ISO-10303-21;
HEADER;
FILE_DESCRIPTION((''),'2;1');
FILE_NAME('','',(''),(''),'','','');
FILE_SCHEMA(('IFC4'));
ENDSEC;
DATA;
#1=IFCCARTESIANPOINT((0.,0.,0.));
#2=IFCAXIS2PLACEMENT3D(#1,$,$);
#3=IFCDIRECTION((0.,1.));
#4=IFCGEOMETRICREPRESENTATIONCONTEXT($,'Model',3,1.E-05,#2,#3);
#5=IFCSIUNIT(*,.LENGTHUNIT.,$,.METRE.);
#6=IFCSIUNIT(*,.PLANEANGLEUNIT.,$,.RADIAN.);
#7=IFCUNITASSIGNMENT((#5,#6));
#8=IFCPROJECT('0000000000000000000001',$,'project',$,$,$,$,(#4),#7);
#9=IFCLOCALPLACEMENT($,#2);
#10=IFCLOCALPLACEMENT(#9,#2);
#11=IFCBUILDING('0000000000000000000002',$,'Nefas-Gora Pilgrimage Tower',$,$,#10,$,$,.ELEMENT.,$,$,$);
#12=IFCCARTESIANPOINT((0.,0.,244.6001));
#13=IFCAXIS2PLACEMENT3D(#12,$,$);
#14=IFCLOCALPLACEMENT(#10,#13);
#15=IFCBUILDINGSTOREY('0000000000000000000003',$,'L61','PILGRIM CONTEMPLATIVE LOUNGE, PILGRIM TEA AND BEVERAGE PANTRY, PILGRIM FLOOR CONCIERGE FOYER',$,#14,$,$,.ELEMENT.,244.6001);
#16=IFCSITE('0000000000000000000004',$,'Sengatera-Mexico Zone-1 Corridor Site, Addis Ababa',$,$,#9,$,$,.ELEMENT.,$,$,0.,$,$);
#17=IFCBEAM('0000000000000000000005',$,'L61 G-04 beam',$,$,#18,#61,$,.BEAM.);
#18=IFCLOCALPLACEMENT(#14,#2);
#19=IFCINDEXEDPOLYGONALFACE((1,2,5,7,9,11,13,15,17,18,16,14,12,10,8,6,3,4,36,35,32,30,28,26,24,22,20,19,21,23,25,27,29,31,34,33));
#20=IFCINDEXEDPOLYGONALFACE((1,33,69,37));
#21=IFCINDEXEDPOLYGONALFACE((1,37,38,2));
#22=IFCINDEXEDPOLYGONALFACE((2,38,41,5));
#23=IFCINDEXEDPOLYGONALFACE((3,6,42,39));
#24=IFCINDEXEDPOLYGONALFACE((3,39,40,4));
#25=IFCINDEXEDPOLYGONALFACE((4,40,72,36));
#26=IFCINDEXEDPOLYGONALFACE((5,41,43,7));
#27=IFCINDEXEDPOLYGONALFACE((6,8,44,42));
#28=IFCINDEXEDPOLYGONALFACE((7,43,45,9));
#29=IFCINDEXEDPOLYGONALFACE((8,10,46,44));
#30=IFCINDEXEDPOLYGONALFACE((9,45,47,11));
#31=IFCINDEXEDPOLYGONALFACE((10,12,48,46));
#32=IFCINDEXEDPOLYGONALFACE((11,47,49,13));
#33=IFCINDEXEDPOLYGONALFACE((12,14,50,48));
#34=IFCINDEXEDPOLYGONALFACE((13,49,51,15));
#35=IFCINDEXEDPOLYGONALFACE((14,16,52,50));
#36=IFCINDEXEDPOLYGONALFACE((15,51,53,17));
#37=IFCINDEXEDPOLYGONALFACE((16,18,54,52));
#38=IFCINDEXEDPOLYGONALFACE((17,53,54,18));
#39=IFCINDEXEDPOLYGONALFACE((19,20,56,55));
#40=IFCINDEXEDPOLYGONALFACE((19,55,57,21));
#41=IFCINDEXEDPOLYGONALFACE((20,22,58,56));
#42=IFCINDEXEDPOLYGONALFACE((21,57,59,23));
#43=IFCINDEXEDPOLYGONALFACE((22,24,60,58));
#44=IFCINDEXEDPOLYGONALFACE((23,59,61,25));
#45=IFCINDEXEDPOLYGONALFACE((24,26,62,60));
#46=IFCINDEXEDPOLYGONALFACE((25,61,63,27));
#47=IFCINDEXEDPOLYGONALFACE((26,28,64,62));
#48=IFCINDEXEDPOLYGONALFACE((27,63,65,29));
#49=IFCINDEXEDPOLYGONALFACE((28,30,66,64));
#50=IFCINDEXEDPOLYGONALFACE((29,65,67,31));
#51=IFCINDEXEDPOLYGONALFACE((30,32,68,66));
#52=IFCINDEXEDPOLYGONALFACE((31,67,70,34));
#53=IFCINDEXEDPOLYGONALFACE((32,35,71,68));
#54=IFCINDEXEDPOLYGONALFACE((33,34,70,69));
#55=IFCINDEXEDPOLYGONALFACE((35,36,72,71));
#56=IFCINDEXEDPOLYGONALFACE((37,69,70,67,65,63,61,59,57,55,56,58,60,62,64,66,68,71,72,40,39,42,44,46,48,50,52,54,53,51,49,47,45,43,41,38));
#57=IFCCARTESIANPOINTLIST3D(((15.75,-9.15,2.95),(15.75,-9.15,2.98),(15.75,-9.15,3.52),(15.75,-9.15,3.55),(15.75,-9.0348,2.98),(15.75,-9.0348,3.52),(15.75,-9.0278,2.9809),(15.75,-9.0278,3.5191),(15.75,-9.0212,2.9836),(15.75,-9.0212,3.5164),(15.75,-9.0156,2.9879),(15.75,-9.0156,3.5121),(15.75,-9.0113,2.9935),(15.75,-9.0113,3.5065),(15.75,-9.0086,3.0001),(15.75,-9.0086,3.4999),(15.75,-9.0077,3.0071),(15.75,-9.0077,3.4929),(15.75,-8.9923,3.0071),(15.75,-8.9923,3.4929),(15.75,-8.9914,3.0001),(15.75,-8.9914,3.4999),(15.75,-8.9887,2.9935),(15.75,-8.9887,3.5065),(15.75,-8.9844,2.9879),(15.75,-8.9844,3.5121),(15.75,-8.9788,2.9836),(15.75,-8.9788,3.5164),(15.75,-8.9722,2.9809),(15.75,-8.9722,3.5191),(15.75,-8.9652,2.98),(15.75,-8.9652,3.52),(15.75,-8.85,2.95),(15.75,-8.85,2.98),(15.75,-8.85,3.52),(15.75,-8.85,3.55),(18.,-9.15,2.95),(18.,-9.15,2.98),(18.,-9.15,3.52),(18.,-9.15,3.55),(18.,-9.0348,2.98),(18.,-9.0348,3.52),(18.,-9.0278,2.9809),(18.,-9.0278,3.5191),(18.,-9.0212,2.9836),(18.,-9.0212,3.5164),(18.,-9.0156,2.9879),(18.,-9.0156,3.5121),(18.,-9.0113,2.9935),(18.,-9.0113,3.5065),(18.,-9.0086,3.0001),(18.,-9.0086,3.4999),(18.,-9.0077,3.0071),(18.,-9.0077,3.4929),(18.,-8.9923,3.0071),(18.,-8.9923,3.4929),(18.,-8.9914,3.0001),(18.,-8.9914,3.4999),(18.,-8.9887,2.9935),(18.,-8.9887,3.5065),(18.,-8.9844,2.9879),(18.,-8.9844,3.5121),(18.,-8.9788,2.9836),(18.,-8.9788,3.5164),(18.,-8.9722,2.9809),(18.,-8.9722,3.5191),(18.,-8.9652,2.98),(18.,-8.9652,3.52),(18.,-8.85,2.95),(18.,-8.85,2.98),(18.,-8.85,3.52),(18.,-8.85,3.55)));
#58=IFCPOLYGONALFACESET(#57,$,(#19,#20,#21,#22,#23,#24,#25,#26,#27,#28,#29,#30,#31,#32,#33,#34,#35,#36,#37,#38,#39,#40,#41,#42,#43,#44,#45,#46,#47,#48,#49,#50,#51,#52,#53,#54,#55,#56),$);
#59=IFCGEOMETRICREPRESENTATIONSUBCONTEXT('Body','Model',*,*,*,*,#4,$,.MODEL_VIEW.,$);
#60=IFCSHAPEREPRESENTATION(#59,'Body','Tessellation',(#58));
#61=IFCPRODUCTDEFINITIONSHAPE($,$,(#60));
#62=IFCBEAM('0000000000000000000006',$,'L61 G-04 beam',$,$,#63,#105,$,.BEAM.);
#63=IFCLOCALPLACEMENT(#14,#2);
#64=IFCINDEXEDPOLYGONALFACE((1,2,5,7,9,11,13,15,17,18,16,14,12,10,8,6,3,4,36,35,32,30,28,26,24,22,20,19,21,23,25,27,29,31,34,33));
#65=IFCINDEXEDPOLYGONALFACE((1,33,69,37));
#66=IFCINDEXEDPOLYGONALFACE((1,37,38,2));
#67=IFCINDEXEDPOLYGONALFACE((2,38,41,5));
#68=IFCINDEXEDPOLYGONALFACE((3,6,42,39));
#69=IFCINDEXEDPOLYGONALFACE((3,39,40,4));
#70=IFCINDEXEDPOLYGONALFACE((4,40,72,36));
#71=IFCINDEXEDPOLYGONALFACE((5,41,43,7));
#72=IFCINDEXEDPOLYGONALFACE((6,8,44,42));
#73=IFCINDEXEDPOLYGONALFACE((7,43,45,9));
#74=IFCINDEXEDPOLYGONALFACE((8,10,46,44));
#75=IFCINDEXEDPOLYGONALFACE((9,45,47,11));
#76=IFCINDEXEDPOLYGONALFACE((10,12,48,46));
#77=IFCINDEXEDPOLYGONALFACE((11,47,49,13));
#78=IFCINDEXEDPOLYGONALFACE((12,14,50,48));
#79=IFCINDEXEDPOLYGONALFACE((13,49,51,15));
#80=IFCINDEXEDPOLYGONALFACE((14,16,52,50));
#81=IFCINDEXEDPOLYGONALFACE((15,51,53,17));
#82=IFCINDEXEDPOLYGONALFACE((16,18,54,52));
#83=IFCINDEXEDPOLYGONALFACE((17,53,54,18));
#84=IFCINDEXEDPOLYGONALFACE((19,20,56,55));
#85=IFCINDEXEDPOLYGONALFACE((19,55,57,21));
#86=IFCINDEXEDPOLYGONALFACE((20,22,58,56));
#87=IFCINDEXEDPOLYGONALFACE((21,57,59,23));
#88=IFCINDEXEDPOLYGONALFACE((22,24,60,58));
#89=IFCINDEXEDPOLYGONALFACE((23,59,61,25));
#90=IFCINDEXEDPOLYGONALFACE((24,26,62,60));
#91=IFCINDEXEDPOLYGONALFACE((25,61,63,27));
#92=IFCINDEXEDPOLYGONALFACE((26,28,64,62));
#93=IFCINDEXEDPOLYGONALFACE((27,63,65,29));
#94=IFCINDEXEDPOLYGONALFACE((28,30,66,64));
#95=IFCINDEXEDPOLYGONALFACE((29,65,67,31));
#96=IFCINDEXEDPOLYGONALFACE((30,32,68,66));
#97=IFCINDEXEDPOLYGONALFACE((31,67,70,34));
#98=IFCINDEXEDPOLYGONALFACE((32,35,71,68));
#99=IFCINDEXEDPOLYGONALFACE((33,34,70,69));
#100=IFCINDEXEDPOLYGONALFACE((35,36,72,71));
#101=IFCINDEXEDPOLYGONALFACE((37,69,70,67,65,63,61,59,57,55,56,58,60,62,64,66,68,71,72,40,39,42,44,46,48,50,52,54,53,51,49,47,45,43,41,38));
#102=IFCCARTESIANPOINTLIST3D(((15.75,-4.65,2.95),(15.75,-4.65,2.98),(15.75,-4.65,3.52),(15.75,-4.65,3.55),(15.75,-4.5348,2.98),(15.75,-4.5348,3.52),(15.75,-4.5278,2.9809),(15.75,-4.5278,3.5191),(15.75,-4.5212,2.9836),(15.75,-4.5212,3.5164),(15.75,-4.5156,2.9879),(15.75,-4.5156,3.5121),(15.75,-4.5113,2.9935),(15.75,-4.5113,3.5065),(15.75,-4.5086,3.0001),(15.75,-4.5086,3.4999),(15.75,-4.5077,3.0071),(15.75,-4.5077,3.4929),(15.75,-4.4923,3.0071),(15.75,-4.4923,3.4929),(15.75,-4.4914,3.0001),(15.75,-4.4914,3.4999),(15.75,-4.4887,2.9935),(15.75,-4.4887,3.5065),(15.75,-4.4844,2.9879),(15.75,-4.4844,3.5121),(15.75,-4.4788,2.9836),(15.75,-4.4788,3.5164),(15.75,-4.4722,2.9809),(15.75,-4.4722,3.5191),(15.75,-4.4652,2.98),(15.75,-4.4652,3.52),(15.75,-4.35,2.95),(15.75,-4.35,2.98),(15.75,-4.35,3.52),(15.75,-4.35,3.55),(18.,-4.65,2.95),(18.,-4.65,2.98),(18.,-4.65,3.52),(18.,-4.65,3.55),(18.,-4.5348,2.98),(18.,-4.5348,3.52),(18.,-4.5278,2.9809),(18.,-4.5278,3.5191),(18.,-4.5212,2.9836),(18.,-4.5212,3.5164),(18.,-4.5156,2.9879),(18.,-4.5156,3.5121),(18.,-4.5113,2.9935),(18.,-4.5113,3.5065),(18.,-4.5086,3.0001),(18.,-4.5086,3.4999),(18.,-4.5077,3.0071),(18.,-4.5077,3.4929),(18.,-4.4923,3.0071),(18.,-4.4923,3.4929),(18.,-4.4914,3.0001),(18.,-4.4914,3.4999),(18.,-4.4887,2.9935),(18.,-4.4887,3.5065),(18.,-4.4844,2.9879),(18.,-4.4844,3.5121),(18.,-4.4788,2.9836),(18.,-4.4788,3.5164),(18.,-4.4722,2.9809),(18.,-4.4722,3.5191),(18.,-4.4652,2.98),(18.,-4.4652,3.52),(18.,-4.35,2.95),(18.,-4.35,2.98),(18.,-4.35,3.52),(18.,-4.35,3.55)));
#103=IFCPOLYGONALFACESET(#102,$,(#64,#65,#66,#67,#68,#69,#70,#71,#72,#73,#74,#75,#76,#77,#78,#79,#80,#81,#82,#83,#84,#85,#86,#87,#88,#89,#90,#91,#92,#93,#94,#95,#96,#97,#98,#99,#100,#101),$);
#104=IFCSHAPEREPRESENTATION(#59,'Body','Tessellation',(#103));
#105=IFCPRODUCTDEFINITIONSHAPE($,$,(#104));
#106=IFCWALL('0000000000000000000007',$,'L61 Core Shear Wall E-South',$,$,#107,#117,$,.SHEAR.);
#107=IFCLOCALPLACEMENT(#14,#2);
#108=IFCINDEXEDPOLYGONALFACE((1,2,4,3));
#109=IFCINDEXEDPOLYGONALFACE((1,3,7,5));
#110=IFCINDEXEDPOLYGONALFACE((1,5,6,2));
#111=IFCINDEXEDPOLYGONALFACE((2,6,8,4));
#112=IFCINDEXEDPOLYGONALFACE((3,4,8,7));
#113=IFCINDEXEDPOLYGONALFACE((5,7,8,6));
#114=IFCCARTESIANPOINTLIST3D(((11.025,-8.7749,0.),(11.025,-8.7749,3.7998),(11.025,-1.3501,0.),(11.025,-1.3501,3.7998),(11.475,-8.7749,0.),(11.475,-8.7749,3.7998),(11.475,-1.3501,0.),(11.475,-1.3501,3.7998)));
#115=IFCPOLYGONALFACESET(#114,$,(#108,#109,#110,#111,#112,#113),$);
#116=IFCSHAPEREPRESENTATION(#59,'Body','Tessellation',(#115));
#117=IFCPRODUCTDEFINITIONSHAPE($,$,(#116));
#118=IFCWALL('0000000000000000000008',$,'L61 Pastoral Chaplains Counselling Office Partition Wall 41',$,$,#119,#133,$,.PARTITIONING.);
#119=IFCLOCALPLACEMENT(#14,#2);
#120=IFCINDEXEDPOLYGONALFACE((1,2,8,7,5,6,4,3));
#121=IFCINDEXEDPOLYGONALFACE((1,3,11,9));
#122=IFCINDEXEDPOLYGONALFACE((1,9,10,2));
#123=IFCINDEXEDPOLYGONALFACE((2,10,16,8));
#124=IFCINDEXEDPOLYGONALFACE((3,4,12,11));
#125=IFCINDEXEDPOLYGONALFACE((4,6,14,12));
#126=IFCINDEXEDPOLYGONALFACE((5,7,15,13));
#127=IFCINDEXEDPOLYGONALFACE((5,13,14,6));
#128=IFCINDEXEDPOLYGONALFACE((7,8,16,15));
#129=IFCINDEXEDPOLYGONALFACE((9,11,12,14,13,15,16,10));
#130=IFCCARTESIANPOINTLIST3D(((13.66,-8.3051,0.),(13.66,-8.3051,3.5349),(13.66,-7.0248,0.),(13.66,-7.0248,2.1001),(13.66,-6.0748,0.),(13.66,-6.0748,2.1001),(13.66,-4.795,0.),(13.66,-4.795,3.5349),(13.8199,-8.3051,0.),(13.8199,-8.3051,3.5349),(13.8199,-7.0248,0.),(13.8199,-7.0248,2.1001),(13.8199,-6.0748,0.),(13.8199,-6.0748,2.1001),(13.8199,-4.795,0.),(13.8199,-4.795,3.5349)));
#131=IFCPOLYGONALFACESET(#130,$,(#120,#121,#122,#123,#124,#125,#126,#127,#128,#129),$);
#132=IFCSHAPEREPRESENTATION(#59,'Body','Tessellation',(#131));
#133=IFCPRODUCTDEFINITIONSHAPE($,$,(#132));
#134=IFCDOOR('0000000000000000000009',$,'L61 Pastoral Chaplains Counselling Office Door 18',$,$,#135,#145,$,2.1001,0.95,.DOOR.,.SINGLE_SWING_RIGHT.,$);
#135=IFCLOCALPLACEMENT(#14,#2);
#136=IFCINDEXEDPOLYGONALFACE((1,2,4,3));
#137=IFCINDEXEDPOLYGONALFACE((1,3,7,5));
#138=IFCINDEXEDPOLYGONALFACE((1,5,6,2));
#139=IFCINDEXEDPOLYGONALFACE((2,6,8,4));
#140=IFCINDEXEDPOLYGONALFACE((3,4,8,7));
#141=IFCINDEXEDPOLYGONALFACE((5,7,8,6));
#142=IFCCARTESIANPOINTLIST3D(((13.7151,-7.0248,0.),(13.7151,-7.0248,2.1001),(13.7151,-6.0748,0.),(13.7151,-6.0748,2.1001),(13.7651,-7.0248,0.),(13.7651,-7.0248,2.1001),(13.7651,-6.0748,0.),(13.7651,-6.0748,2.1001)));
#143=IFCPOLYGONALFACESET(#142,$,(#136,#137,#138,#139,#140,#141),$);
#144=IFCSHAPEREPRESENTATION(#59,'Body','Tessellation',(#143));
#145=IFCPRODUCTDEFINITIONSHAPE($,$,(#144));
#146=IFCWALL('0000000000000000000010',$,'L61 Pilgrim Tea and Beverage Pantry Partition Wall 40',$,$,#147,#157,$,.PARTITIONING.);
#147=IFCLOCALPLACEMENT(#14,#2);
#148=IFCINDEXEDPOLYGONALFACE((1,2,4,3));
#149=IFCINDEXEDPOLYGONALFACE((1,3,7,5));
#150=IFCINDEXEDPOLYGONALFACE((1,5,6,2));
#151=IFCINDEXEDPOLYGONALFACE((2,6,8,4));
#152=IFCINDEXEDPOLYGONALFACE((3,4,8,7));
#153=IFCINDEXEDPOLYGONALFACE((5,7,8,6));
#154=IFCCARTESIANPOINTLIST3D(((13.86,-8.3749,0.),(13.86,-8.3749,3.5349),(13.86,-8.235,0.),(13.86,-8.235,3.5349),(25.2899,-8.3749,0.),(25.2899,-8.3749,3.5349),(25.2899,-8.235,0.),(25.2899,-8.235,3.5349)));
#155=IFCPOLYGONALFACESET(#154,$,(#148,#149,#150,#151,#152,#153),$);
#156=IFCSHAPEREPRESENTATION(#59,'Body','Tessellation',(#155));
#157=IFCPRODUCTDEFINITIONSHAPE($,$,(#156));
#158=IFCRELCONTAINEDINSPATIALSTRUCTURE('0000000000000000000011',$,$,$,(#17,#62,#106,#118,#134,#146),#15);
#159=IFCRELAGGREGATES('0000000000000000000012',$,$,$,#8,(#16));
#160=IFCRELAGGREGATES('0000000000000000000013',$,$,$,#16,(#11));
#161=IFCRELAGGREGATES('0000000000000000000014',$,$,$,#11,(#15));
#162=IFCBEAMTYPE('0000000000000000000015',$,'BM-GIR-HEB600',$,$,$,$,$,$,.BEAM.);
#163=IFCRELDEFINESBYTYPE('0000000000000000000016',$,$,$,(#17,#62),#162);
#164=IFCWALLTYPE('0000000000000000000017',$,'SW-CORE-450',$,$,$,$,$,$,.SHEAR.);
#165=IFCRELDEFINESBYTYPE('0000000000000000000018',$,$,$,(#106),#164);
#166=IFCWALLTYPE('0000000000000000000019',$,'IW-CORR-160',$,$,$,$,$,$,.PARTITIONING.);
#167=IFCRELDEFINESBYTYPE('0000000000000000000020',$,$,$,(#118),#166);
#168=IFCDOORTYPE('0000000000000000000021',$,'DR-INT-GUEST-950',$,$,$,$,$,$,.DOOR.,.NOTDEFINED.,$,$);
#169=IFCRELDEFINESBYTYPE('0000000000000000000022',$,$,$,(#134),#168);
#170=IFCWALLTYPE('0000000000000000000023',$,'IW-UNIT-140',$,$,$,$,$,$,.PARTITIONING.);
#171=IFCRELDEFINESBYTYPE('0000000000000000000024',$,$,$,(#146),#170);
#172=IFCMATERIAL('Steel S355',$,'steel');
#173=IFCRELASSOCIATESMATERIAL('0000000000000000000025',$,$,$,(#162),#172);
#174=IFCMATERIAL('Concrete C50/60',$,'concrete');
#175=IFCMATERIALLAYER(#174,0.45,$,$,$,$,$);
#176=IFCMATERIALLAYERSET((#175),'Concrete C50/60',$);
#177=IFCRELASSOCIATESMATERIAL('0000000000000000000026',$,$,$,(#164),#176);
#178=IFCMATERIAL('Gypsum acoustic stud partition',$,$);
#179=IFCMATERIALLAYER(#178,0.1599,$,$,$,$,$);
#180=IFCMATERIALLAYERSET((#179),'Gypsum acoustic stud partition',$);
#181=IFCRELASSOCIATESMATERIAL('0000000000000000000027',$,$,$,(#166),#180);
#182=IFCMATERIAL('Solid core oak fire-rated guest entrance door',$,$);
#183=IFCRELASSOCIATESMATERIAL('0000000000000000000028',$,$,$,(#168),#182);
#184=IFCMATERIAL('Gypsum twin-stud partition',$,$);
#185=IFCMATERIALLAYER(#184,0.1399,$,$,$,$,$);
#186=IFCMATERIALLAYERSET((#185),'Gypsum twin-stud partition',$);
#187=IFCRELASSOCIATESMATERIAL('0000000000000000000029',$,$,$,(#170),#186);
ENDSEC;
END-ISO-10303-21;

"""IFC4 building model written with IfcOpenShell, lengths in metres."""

from ifc_helpers import new_model, si_unit, direction, frame, frame_2d, origin, origin_2d, place, context, subcontext, project, spatial, rectangle, i_section, extrude, source, transform, mapped, material, layer, layer_set, material_profile, profile_set, type_object, element, fill, save


model = new_model("IFC4")

# Units and contexts
model_context = context("Model", 3, precision=1e-05, world=origin(), true_north=direction((0.0, 1.0)))
body_context = subcontext(model_context, "Body", "Model", "MODEL_VIEW")
ifc_project = project(units=[si_unit("LENGTHUNIT", "METRE"), si_unit("PLANEANGLEUNIT", "RADIAN")], contexts=[model_context])

# Site, building, storey
site_placement = place(None, origin())
site = spatial("IfcSite", under=ifc_project, at=site_placement, Name="Sengatera-Mexico Zone-1 Corridor Site, Addis Ababa", CompositionType="ELEMENT", RefElevation=0.0)
building_placement = place(site_placement, origin())
building = spatial("IfcBuilding", under=site, at=building_placement, Name="Nefas-Gora Pilgrimage Tower", CompositionType="ELEMENT")
storey_placement = place(building_placement, frame((0.0, 0.0, 244.6001)))
storey = spatial("IfcBuildingStorey", under=building, at=storey_placement, Name="L61", Description="PILGRIM CONTEMPLATIVE LOUNGE, PILGRIM TEA AND BEVERAGE PANTRY, PILGRIM FLOOR CONCIERGE FOYER", CompositionType="ELEMENT", Elevation=244.6001)

# Beams
ifc_material_1 = material(Name="Concrete C50/60", Category="concrete")
ifc_material_2 = material(Name="Steel S355", Category="steel")
ifc_material_profile_1 = material_profile(ifc_material_2, i_section(OverallWidth=0.3, OverallDepth=0.6001, WebThickness=0.0154, FlangeThickness=0.03, FilletRadius=0.0271, at=origin_2d()), Name="HEB 600")
ifc_profile_set_1 = profile_set([ifc_material_profile_1], Name="Steel S355")
beam_type_1 = type_object("IfcBeamType", Name="BM-GIR-HEB600", PredefinedType="BEAM", material=ifc_profile_set_1)
shared_shape_1 = source(origin(), body_context, "Body", "SweptSolid", [
    extrude(i_section(OverallWidth=0.3, OverallDepth=0.6001, WebThickness=0.0154, FlangeThickness=0.03, FilletRadius=0.0271, at=origin_2d()), origin(), (0.0, 0.0, 1.0), 2.25),
])
for number, where, z_axis, x_axis, name in (
    (1, (15.75, -9.0, 3.25), (1.0, 0.0, 0.0), (0.0, 1.0, 0.0), "L61 G-04 beam"),
    (2, (15.75, -4.5, 3.25), (1.0, 0.0, 0.0), (0.0, 1.0, 0.0), "L61 G-04 beam"),
):
    element("IfcBeam", number, at=place(storey_placement, frame(where, z_axis=z_axis, x_axis=x_axis)), inside=storey, type_object=beam_type_1, Name=name, PredefinedType="BEAM", context=body_context, shape_type="MappedRepresentation", body=[
        mapped(shared_shape_1, transform((0.0, 0.0, 0.0), x_axis=(1.0, 0.0, 0.0), y_axis=(0.0, 1.0, 0.0), z_axis=(0.0, 0.0, 1.0), scale=1.0)),
    ])

# Wall
ifc_layer_1 = layer(ifc_material_1, 0.45)
ifc_layer_set_1 = layer_set([ifc_layer_1], Name="Concrete C50/60")
wall_type_1 = type_object("IfcWallType", Name="SW-CORE-450", PredefinedType="SHEAR", material=ifc_layer_set_1)
shared_shape_2 = source(origin(), body_context, "Body", "SweptSolid", [
    extrude(rectangle(XDim=7.4248, YDim=0.45, at=frame_2d((3.7124, 0.0))), origin(), (0.0, 0.0, 1.0), 3.7998),
])
wall_1_placement = place(storey_placement, frame((11.25, -8.7749, 0.0), z_axis=(0.0, 0.0, 1.0), x_axis=(0.0, 1.0, 0.0)))
element("IfcWall", 3, at=wall_1_placement, inside=storey, type_object=wall_type_1, Name="L61 Core Shear Wall E-South", PredefinedType="SHEAR", context=body_context, shape_type="MappedRepresentation", body=[
    mapped(shared_shape_2, transform((0.0, 0.0, 0.0), x_axis=(1.0, 0.0, 0.0), y_axis=(0.0, 1.0, 0.0), z_axis=(0.0, 0.0, 1.0), scale=1.0)),
])

# Wall, opening, door
ifc_material_3 = material(Name="Gypsum acoustic stud partition")
ifc_layer_2 = layer(ifc_material_3, 0.1599)
ifc_layer_set_2 = layer_set([ifc_layer_2], Name="Gypsum acoustic stud partition")
wall_type_2 = type_object("IfcWallType", Name="IW-CORR-160", PredefinedType="PARTITIONING", material=ifc_layer_set_2)
shared_shape_3 = source(origin(), body_context, "Body", "SweptSolid", [
    extrude(rectangle(XDim=3.51, YDim=0.1599, at=frame_2d((1.7549, 0.0))), origin(), (0.0, 0.0, 1.0), 3.5349),
])
wall_2_placement = place(storey_placement, frame((13.74, -8.3049, 0.0), z_axis=(0.0, 0.0, 1.0), x_axis=(0.0, 1.0, 0.0)))
wall_2 = element("IfcWall", 4, at=wall_2_placement, inside=storey, type_object=wall_type_2, Name="L61 Pastoral Chaplains Counselling Office Partition Wall 41", PredefinedType="PARTITIONING", context=body_context, shape_type="MappedRepresentation", body=[
    mapped(shared_shape_3, transform((0.0, 0.0, 0.0), x_axis=(1.0, 0.0, 0.0), y_axis=(0.0, 1.0, 0.0), z_axis=(0.0, 0.0, 1.0), scale=1.0)),
])
opening_1_placement = place(wall_2_placement, frame((1.28, 0.0, 0.0)))
opening_1 = element("IfcOpeningElement", 5, at=opening_1_placement, cuts=wall_2, PredefinedType="OPENING", context=body_context, shape_type="SweptSolid", body=[
    extrude(rectangle(XDim=0.95, YDim=2.1001, at=frame_2d((0.4751, 1.05))), frame((0.0, 0.0898, 0.0), z_axis=(0.0, -1.0, 0.0), x_axis=(1.0, 0.0, 0.0)), (0.0, 0.0, 1.0), 0.1799),
])
ifc_material_4 = material(Name="Solid core oak fire-rated guest entrance door")
door_type_1 = type_object("IfcDoorType", Name="DR-INT-GUEST-950", OperationType="NOTDEFINED", PredefinedType="DOOR", material=ifc_material_4)
shared_shape_4 = source(origin(), body_context, "Body", "SweptSolid", [
    extrude(rectangle(XDim=0.95, YDim=2.1001, at=frame_2d((0.4751, 1.05))), frame((0.0, 0.0249, 0.0), z_axis=(0.0, -1.0, 0.0), x_axis=(1.0, 0.0, 0.0)), (0.0, 0.0, 1.0), 0.05),
])
door_1_placement = place(opening_1_placement, origin())
door_1 = element("IfcDoor", 6, at=door_1_placement, inside=storey, type_object=door_type_1, Name="L61 Pastoral Chaplains Counselling Office Door 18", OperationType="SINGLE_SWING_RIGHT", OverallHeight=2.1001, OverallWidth=0.95, PredefinedType="DOOR", context=body_context, shape_type="MappedRepresentation", body=[
    mapped(shared_shape_4, transform((0.0, 0.0, 0.0), x_axis=(1.0, 0.0, 0.0), y_axis=(0.0, 1.0, 0.0), z_axis=(0.0, 0.0, 1.0), scale=1.0)),
])
fill(opening_1, door_1)

# Wall
ifc_material_5 = material(Name="Gypsum twin-stud partition")
ifc_layer_3 = layer(ifc_material_5, 0.1399)
ifc_layer_set_3 = layer_set([ifc_layer_3], Name="Gypsum twin-stud partition")
wall_type_3 = type_object("IfcWallType", Name="IW-UNIT-140", PredefinedType="PARTITIONING", material=ifc_layer_set_3)
shared_shape_5 = source(origin(), body_context, "Body", "SweptSolid", [
    extrude(rectangle(XDim=11.4299, YDim=0.1399, at=frame_2d((5.7148, 0.0))), origin(), (0.0, 0.0, 1.0), 3.5349),
])
wall_3_placement = place(storey_placement, frame((13.8601, -8.3049, 0.0), z_axis=(0.0, 0.0, 1.0), x_axis=(1.0, 0.0, 0.0)))
element("IfcWall", 7, at=wall_3_placement, inside=storey, type_object=wall_type_3, Name="L61 Pilgrim Tea and Beverage Pantry Partition Wall 40", PredefinedType="PARTITIONING", context=body_context, shape_type="MappedRepresentation", body=[
    mapped(shared_shape_5, transform((0.0, 0.0, 0.0), x_axis=(1.0, 0.0, 0.0), y_axis=(0.0, 1.0, 0.0), z_axis=(0.0, 0.0, 1.0), scale=1.0)),
])

save(model, "model.ifc")
